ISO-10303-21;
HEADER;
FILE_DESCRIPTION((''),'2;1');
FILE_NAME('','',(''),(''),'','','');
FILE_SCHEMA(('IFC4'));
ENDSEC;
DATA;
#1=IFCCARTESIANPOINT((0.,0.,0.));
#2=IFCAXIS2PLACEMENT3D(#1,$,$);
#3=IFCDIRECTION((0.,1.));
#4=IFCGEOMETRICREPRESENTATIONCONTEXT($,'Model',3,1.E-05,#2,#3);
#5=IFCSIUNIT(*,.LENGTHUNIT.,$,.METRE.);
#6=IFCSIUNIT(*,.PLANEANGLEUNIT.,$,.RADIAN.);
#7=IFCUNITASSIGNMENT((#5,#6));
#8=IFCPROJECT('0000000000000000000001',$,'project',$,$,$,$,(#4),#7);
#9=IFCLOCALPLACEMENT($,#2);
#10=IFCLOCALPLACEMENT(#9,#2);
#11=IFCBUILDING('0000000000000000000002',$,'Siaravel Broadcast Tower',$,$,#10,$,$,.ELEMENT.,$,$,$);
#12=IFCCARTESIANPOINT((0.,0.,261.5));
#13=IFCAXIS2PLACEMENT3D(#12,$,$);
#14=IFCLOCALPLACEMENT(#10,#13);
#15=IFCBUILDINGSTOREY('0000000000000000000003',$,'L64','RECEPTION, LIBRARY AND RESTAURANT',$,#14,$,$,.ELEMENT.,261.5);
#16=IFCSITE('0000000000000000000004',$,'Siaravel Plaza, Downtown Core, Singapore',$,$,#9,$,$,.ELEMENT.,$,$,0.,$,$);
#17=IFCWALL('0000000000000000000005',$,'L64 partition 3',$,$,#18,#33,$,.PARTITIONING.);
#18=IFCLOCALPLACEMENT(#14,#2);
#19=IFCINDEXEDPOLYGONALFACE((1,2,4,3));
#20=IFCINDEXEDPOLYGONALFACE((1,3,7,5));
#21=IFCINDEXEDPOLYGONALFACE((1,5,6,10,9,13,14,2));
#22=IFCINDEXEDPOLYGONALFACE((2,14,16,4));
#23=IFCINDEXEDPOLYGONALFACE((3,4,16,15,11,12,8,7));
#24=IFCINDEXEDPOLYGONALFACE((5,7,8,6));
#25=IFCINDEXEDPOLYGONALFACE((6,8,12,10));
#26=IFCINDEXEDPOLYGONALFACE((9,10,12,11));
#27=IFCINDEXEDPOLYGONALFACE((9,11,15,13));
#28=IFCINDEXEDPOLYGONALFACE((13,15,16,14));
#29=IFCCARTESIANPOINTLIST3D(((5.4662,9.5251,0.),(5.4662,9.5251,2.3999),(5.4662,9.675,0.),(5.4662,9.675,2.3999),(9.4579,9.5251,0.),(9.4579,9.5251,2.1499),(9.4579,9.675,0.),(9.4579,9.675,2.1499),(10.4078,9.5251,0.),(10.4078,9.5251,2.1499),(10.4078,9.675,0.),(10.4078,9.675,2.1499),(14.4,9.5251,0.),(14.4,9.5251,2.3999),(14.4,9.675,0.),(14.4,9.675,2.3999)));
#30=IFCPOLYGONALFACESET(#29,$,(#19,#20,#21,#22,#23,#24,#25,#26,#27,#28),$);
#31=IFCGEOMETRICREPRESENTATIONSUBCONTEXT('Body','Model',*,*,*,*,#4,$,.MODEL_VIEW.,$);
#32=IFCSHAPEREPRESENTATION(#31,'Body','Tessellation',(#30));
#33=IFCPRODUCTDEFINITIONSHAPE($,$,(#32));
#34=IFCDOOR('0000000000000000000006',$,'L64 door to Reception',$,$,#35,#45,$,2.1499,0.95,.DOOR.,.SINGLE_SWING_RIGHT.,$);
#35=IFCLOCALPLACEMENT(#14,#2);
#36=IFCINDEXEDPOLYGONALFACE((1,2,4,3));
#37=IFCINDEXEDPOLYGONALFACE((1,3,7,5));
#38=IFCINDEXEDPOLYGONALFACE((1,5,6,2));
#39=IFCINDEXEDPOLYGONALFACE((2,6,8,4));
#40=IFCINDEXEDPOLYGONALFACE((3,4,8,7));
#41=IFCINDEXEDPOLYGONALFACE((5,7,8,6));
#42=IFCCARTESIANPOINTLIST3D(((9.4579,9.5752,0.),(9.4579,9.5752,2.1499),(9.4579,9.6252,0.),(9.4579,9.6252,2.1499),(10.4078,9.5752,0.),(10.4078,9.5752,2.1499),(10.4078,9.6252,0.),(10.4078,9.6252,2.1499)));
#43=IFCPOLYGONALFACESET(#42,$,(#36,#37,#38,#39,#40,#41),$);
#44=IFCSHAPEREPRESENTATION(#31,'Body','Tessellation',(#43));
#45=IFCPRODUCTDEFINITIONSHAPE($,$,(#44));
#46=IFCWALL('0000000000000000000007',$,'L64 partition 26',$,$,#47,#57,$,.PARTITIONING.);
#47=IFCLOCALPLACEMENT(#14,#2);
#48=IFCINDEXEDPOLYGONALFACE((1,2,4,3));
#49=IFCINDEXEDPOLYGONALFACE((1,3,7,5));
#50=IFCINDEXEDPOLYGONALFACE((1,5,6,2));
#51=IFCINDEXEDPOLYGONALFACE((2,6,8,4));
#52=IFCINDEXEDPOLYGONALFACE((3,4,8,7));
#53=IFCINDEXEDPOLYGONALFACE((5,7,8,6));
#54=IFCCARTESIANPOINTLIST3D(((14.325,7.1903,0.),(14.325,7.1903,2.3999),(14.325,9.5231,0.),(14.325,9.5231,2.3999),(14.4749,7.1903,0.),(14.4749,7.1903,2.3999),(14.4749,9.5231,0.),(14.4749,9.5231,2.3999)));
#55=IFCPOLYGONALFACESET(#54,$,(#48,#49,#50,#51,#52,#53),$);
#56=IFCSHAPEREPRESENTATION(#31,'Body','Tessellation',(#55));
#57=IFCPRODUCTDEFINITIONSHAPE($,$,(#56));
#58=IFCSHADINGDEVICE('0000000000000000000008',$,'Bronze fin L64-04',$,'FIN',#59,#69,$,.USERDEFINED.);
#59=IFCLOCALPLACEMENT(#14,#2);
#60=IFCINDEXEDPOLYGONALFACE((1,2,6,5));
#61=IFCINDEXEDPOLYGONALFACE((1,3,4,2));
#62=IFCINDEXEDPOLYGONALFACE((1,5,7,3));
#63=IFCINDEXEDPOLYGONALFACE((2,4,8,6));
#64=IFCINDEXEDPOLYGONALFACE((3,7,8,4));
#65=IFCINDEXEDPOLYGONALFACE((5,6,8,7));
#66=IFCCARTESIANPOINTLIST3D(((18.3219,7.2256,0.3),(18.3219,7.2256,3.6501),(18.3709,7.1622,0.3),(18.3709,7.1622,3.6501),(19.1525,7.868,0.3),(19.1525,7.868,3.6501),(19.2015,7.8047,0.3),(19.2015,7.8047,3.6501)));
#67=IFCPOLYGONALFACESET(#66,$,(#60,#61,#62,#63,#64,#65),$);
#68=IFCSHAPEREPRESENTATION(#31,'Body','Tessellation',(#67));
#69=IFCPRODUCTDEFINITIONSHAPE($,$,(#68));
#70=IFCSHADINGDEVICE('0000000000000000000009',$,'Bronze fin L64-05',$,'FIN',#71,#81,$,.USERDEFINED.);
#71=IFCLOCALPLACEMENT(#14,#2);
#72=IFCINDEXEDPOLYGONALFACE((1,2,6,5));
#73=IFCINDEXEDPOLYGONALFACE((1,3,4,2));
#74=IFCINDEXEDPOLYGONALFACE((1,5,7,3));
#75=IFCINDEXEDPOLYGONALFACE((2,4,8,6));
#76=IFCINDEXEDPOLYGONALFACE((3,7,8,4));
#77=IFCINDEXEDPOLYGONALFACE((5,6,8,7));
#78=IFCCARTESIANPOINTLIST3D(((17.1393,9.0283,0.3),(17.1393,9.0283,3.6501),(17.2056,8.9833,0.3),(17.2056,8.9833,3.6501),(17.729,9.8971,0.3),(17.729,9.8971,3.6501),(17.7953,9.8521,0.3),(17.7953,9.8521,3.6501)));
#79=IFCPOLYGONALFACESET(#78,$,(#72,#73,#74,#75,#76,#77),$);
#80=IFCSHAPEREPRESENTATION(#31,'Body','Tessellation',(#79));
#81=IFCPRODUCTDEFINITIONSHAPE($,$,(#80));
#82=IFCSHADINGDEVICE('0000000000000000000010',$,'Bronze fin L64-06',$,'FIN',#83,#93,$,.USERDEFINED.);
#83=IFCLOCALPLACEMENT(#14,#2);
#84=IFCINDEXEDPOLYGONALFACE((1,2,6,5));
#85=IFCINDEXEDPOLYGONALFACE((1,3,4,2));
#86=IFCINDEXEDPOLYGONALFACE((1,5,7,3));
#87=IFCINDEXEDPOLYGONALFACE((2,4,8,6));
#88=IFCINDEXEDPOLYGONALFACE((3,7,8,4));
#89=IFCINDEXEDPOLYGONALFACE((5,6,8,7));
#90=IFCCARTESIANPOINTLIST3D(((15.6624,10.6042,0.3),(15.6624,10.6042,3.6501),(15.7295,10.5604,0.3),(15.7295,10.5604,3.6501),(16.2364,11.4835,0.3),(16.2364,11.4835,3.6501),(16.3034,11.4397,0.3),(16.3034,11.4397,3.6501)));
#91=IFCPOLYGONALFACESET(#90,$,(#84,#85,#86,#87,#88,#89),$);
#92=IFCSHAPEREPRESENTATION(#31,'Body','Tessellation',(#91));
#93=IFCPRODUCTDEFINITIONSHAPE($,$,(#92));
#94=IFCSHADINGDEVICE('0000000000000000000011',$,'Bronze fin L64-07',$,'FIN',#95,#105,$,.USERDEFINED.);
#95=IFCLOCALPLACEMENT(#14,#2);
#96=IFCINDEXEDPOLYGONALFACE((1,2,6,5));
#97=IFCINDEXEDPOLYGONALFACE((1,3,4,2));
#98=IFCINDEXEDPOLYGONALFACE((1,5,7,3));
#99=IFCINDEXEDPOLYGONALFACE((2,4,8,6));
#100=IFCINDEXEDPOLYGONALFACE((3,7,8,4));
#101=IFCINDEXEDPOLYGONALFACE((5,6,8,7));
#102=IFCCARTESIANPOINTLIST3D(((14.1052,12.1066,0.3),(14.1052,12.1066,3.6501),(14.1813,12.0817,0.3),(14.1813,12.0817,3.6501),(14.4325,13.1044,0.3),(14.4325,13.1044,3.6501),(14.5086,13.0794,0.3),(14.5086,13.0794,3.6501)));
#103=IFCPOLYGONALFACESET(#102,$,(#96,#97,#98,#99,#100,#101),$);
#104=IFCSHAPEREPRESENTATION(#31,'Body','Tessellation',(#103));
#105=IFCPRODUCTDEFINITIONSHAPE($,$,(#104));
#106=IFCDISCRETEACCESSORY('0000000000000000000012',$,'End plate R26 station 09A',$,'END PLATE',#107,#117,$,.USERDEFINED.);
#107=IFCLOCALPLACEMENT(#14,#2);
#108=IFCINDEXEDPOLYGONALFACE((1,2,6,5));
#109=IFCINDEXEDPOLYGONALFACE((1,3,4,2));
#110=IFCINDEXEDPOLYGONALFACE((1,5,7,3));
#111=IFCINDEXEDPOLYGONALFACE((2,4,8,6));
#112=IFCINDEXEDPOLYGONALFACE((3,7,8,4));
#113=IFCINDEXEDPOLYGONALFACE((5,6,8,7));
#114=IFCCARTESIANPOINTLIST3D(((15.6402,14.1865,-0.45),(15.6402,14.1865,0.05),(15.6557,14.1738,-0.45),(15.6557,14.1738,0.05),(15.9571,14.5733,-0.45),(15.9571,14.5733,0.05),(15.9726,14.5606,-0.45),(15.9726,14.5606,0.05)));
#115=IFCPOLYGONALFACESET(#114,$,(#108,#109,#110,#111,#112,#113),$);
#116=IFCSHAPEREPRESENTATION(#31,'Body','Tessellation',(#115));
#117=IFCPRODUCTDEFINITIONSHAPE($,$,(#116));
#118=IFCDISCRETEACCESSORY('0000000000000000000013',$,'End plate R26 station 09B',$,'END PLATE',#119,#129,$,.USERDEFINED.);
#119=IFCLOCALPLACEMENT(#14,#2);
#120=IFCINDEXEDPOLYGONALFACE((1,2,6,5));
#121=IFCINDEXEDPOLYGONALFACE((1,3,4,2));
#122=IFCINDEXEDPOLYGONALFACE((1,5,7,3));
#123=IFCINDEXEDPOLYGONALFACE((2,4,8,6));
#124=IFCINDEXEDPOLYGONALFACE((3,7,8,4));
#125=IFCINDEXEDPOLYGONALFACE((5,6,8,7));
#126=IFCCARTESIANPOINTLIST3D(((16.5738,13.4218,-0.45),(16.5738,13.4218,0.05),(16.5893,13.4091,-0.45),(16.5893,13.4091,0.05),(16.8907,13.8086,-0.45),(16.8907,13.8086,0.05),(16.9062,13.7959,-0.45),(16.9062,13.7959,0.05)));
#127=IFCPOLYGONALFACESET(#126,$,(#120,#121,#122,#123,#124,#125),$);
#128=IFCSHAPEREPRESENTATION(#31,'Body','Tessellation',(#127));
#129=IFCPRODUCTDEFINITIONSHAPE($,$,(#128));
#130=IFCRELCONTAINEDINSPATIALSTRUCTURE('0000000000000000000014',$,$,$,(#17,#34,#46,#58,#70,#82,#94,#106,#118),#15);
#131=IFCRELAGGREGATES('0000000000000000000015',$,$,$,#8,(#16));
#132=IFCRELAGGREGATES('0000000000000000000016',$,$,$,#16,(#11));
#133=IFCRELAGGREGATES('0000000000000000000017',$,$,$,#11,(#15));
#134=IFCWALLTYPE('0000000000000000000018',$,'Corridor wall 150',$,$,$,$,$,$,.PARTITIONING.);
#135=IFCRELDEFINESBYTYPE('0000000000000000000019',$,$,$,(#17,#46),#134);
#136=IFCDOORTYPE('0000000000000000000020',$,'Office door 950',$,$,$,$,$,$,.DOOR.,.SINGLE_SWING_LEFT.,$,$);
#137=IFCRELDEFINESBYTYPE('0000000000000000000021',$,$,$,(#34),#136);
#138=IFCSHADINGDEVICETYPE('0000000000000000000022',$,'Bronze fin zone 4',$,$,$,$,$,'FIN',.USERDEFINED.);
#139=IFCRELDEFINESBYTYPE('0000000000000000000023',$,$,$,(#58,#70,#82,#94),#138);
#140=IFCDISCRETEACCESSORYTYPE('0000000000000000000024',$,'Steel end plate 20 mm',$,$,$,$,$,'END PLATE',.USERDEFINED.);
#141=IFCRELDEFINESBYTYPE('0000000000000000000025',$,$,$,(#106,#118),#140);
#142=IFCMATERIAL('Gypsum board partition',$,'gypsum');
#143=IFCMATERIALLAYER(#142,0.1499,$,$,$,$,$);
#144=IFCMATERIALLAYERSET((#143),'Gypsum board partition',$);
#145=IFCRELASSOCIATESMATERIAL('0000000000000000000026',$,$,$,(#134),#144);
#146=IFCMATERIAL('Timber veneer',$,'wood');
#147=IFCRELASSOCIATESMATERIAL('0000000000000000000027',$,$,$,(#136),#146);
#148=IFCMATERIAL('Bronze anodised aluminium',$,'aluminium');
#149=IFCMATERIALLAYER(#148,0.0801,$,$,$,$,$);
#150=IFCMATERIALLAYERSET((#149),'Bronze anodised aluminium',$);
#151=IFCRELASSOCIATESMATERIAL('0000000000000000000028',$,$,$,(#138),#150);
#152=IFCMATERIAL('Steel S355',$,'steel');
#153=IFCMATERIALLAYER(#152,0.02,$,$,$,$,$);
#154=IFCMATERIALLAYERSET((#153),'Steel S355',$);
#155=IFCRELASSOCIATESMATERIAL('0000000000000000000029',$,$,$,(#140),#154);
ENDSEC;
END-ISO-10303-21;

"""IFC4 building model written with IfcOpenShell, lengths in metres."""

from ifc_helpers import new_model, si_unit, direction, frame, frame_2d, origin, origin_2d, place, context, subcontext, project, spatial, rectangle, extrude, material, layer, layer_set, type_object, element, fill, save


model = new_model("IFC4")

# Units and contexts
model_context = context("Model", 3, precision=1e-05, world=origin(), true_north=direction((0.0, 1.0)))
body_context = subcontext(model_context, "Body", "Model", "MODEL_VIEW")
ifc_project = project(units=[si_unit("LENGTHUNIT", "METRE"), si_unit("PLANEANGLEUNIT", "RADIAN")], contexts=[model_context])

# Site, building, storey
site_placement = place(None, origin())
site = spatial("IfcSite", under=ifc_project, at=site_placement, Name="Siaravel Plaza, Downtown Core, Singapore", CompositionType="ELEMENT", RefElevation=0.0)
building_placement = place(site_placement, origin())
building = spatial("IfcBuilding", under=site, at=building_placement, Name="Siaravel Broadcast Tower", CompositionType="ELEMENT")
storey_placement = place(building_placement, frame((0.0, 0.0, 261.5)))
storey = spatial("IfcBuildingStorey", under=building, at=storey_placement, Name="L64", Description="RECEPTION, LIBRARY AND RESTAURANT", CompositionType="ELEMENT", Elevation=261.5)

# Shared definitions
ifc_material_1 = material(Name="Steel S355", Category="steel")

# Wall, opening, door
ifc_material_2 = material(Name="Gypsum board partition", Category="gypsum")
ifc_layer_1 = layer(ifc_material_2, 0.1499)
ifc_layer_set_1 = layer_set([ifc_layer_1], Name="Gypsum board partition")
wall_type = type_object("IfcWallType", Name="Corridor wall 150", PredefinedType="PARTITIONING", material=ifc_layer_set_1)
wall_1_placement = place(storey_placement, frame((14.3999, 9.6001, 0.0), z_axis=(0.0, 0.0, 1.0), x_axis=(-1.0, 0.0, 0.0)))
wall_1 = element("IfcWall", 1, at=wall_1_placement, inside=storey, type_object=wall_type, Name="L64 partition 3", PredefinedType="PARTITIONING", context=body_context, shape_type="SweptSolid", body=[
    extrude(rectangle(XDim=8.9338, YDim=0.1499, at=frame_2d((4.4668, 0.0))), origin(), (0.0, 0.0, 1.0), 2.3999),
])
opening_placement = place(wall_1_placement, frame((3.9919, 0.0, 0.0)))
opening = element("IfcOpeningElement", 2, at=opening_placement, cuts=wall_1, PredefinedType="OPENING", context=body_context, shape_type="SweptSolid", body=[
    extrude(rectangle(XDim=0.95, YDim=2.1499, at=frame_2d((0.4751, 1.075))), frame((0.0, 0.085, 0.0), z_axis=(0.0, -1.0, 0.0), x_axis=(1.0, 0.0, 0.0)), (0.0, 0.0, 1.0), 0.1699),
])
ifc_material_3 = material(Name="Timber veneer", Category="wood")
door_type = type_object("IfcDoorType", Name="Office door 950", OperationType="SINGLE_SWING_LEFT", PredefinedType="DOOR", material=ifc_material_3)
door_placement = place(opening_placement, origin())
door = element("IfcDoor", 3, at=door_placement, inside=storey, type_object=door_type, Name="L64 door to Reception", OperationType="SINGLE_SWING_RIGHT", OverallHeight=2.1499, OverallWidth=0.95, PredefinedType="DOOR", context=body_context, shape_type="SweptSolid", body=[
    extrude(rectangle(XDim=0.95, YDim=2.1499, at=frame_2d((0.4751, 1.075))), frame((0.0, 0.0249, 0.0), z_axis=(0.0, -1.0, 0.0), x_axis=(1.0, 0.0, 0.0)), (0.0, 0.0, 1.0), 0.05),
])
fill(opening, door)

# Wall
wall_2_placement = place(storey_placement, frame((14.3999, 7.1902, 0.0), z_axis=(0.0, 0.0, 1.0), x_axis=(0.0, 1.0, 0.0)))
element("IfcWall", 4, at=wall_2_placement, inside=storey, type_object=wall_type, Name="L64 partition 26", PredefinedType="PARTITIONING", context=body_context, shape_type="SweptSolid", body=[
    extrude(rectangle(XDim=2.3328, YDim=0.1499, at=frame_2d((1.1665, 0.0))), origin(), (0.0, 0.0, 1.0), 2.3999),
])

# Shading devices
ifc_material_4 = material(Name="Bronze anodised aluminium", Category="aluminium")
ifc_layer_2 = layer(ifc_material_4, 0.0801)
ifc_layer_set_2 = layer_set([ifc_layer_2], Name="Bronze anodised aluminium")
shading_device_type = type_object("IfcShadingDeviceType", Name="Bronze fin zone 4", ElementType="FIN", PredefinedType="USERDEFINED", material=ifc_layer_set_2)
for number, where, z_axis, x_axis, name in (
    (5, (18.7617, 7.5151, 0.3), (0.0, 0.0, 1.0), (0.79098, 0.611842, 0.0), "Bronze fin L64-04"),
    (6, (17.4673, 9.4402, 0.3), (0.0, 0.0, 1.0), (0.561614, 0.827399, 0.0), "Bronze fin L64-05"),
    (7, (15.9829, 11.022, 0.3), (0.0, 0.0, 1.0), (0.546608, 0.837389, 0.0), "Bronze fin L64-06"),
    (8, (14.3069, 12.593, 0.3), (0.0, 0.0, 1.0), (0.311713, 0.950176, 0.0), "Bronze fin L64-07"),
):
    element("IfcShadingDevice", number, at=place(storey_placement, frame(where, z_axis=z_axis, x_axis=x_axis)), inside=storey, type_object=shading_device_type, Name=name, ObjectType="FIN", PredefinedType="USERDEFINED", context=body_context, shape_type="SweptSolid", body=[
        extrude(rectangle(XDim=1.05, YDim=0.0801, at=origin_2d()), origin(), (0.0, 0.0, 1.0), 3.3501),
    ])

# Discrete accessories
ifc_layer_3 = layer(ifc_material_1, 0.02)
ifc_layer_set_3 = layer_set([ifc_layer_3], Name="Steel S355")
discrete_accessory_type = type_object("IfcDiscreteAccessoryType", Name="Steel end plate 20 mm", ElementType="END PLATE", PredefinedType="USERDEFINED", material=ifc_layer_set_3)
for number, where, z_axis, x_axis, name in (
    (9, (15.8064, 14.3735, -0.45), (0.0, 0.0, 1.0), (-0.773605, 0.633669, 0.0), "End plate R26 station 09A"),
    (10, (16.74, 13.6089, -0.45), (0.0, 0.0, 1.0), (-0.773605, 0.633669, 0.0), "End plate R26 station 09B"),
):
    element("IfcDiscreteAccessory", number, at=place(storey_placement, frame(where, z_axis=z_axis, x_axis=x_axis)), inside=storey, type_object=discrete_accessory_type, Name=name, ObjectType="END PLATE", PredefinedType="USERDEFINED", context=body_context, shape_type="SweptSolid", body=[
        extrude(rectangle(XDim=0.02, YDim=0.5, at=origin_2d()), origin(), (0.0, 0.0, 1.0), 0.5),
    ])

save(model, "model.ifc")
